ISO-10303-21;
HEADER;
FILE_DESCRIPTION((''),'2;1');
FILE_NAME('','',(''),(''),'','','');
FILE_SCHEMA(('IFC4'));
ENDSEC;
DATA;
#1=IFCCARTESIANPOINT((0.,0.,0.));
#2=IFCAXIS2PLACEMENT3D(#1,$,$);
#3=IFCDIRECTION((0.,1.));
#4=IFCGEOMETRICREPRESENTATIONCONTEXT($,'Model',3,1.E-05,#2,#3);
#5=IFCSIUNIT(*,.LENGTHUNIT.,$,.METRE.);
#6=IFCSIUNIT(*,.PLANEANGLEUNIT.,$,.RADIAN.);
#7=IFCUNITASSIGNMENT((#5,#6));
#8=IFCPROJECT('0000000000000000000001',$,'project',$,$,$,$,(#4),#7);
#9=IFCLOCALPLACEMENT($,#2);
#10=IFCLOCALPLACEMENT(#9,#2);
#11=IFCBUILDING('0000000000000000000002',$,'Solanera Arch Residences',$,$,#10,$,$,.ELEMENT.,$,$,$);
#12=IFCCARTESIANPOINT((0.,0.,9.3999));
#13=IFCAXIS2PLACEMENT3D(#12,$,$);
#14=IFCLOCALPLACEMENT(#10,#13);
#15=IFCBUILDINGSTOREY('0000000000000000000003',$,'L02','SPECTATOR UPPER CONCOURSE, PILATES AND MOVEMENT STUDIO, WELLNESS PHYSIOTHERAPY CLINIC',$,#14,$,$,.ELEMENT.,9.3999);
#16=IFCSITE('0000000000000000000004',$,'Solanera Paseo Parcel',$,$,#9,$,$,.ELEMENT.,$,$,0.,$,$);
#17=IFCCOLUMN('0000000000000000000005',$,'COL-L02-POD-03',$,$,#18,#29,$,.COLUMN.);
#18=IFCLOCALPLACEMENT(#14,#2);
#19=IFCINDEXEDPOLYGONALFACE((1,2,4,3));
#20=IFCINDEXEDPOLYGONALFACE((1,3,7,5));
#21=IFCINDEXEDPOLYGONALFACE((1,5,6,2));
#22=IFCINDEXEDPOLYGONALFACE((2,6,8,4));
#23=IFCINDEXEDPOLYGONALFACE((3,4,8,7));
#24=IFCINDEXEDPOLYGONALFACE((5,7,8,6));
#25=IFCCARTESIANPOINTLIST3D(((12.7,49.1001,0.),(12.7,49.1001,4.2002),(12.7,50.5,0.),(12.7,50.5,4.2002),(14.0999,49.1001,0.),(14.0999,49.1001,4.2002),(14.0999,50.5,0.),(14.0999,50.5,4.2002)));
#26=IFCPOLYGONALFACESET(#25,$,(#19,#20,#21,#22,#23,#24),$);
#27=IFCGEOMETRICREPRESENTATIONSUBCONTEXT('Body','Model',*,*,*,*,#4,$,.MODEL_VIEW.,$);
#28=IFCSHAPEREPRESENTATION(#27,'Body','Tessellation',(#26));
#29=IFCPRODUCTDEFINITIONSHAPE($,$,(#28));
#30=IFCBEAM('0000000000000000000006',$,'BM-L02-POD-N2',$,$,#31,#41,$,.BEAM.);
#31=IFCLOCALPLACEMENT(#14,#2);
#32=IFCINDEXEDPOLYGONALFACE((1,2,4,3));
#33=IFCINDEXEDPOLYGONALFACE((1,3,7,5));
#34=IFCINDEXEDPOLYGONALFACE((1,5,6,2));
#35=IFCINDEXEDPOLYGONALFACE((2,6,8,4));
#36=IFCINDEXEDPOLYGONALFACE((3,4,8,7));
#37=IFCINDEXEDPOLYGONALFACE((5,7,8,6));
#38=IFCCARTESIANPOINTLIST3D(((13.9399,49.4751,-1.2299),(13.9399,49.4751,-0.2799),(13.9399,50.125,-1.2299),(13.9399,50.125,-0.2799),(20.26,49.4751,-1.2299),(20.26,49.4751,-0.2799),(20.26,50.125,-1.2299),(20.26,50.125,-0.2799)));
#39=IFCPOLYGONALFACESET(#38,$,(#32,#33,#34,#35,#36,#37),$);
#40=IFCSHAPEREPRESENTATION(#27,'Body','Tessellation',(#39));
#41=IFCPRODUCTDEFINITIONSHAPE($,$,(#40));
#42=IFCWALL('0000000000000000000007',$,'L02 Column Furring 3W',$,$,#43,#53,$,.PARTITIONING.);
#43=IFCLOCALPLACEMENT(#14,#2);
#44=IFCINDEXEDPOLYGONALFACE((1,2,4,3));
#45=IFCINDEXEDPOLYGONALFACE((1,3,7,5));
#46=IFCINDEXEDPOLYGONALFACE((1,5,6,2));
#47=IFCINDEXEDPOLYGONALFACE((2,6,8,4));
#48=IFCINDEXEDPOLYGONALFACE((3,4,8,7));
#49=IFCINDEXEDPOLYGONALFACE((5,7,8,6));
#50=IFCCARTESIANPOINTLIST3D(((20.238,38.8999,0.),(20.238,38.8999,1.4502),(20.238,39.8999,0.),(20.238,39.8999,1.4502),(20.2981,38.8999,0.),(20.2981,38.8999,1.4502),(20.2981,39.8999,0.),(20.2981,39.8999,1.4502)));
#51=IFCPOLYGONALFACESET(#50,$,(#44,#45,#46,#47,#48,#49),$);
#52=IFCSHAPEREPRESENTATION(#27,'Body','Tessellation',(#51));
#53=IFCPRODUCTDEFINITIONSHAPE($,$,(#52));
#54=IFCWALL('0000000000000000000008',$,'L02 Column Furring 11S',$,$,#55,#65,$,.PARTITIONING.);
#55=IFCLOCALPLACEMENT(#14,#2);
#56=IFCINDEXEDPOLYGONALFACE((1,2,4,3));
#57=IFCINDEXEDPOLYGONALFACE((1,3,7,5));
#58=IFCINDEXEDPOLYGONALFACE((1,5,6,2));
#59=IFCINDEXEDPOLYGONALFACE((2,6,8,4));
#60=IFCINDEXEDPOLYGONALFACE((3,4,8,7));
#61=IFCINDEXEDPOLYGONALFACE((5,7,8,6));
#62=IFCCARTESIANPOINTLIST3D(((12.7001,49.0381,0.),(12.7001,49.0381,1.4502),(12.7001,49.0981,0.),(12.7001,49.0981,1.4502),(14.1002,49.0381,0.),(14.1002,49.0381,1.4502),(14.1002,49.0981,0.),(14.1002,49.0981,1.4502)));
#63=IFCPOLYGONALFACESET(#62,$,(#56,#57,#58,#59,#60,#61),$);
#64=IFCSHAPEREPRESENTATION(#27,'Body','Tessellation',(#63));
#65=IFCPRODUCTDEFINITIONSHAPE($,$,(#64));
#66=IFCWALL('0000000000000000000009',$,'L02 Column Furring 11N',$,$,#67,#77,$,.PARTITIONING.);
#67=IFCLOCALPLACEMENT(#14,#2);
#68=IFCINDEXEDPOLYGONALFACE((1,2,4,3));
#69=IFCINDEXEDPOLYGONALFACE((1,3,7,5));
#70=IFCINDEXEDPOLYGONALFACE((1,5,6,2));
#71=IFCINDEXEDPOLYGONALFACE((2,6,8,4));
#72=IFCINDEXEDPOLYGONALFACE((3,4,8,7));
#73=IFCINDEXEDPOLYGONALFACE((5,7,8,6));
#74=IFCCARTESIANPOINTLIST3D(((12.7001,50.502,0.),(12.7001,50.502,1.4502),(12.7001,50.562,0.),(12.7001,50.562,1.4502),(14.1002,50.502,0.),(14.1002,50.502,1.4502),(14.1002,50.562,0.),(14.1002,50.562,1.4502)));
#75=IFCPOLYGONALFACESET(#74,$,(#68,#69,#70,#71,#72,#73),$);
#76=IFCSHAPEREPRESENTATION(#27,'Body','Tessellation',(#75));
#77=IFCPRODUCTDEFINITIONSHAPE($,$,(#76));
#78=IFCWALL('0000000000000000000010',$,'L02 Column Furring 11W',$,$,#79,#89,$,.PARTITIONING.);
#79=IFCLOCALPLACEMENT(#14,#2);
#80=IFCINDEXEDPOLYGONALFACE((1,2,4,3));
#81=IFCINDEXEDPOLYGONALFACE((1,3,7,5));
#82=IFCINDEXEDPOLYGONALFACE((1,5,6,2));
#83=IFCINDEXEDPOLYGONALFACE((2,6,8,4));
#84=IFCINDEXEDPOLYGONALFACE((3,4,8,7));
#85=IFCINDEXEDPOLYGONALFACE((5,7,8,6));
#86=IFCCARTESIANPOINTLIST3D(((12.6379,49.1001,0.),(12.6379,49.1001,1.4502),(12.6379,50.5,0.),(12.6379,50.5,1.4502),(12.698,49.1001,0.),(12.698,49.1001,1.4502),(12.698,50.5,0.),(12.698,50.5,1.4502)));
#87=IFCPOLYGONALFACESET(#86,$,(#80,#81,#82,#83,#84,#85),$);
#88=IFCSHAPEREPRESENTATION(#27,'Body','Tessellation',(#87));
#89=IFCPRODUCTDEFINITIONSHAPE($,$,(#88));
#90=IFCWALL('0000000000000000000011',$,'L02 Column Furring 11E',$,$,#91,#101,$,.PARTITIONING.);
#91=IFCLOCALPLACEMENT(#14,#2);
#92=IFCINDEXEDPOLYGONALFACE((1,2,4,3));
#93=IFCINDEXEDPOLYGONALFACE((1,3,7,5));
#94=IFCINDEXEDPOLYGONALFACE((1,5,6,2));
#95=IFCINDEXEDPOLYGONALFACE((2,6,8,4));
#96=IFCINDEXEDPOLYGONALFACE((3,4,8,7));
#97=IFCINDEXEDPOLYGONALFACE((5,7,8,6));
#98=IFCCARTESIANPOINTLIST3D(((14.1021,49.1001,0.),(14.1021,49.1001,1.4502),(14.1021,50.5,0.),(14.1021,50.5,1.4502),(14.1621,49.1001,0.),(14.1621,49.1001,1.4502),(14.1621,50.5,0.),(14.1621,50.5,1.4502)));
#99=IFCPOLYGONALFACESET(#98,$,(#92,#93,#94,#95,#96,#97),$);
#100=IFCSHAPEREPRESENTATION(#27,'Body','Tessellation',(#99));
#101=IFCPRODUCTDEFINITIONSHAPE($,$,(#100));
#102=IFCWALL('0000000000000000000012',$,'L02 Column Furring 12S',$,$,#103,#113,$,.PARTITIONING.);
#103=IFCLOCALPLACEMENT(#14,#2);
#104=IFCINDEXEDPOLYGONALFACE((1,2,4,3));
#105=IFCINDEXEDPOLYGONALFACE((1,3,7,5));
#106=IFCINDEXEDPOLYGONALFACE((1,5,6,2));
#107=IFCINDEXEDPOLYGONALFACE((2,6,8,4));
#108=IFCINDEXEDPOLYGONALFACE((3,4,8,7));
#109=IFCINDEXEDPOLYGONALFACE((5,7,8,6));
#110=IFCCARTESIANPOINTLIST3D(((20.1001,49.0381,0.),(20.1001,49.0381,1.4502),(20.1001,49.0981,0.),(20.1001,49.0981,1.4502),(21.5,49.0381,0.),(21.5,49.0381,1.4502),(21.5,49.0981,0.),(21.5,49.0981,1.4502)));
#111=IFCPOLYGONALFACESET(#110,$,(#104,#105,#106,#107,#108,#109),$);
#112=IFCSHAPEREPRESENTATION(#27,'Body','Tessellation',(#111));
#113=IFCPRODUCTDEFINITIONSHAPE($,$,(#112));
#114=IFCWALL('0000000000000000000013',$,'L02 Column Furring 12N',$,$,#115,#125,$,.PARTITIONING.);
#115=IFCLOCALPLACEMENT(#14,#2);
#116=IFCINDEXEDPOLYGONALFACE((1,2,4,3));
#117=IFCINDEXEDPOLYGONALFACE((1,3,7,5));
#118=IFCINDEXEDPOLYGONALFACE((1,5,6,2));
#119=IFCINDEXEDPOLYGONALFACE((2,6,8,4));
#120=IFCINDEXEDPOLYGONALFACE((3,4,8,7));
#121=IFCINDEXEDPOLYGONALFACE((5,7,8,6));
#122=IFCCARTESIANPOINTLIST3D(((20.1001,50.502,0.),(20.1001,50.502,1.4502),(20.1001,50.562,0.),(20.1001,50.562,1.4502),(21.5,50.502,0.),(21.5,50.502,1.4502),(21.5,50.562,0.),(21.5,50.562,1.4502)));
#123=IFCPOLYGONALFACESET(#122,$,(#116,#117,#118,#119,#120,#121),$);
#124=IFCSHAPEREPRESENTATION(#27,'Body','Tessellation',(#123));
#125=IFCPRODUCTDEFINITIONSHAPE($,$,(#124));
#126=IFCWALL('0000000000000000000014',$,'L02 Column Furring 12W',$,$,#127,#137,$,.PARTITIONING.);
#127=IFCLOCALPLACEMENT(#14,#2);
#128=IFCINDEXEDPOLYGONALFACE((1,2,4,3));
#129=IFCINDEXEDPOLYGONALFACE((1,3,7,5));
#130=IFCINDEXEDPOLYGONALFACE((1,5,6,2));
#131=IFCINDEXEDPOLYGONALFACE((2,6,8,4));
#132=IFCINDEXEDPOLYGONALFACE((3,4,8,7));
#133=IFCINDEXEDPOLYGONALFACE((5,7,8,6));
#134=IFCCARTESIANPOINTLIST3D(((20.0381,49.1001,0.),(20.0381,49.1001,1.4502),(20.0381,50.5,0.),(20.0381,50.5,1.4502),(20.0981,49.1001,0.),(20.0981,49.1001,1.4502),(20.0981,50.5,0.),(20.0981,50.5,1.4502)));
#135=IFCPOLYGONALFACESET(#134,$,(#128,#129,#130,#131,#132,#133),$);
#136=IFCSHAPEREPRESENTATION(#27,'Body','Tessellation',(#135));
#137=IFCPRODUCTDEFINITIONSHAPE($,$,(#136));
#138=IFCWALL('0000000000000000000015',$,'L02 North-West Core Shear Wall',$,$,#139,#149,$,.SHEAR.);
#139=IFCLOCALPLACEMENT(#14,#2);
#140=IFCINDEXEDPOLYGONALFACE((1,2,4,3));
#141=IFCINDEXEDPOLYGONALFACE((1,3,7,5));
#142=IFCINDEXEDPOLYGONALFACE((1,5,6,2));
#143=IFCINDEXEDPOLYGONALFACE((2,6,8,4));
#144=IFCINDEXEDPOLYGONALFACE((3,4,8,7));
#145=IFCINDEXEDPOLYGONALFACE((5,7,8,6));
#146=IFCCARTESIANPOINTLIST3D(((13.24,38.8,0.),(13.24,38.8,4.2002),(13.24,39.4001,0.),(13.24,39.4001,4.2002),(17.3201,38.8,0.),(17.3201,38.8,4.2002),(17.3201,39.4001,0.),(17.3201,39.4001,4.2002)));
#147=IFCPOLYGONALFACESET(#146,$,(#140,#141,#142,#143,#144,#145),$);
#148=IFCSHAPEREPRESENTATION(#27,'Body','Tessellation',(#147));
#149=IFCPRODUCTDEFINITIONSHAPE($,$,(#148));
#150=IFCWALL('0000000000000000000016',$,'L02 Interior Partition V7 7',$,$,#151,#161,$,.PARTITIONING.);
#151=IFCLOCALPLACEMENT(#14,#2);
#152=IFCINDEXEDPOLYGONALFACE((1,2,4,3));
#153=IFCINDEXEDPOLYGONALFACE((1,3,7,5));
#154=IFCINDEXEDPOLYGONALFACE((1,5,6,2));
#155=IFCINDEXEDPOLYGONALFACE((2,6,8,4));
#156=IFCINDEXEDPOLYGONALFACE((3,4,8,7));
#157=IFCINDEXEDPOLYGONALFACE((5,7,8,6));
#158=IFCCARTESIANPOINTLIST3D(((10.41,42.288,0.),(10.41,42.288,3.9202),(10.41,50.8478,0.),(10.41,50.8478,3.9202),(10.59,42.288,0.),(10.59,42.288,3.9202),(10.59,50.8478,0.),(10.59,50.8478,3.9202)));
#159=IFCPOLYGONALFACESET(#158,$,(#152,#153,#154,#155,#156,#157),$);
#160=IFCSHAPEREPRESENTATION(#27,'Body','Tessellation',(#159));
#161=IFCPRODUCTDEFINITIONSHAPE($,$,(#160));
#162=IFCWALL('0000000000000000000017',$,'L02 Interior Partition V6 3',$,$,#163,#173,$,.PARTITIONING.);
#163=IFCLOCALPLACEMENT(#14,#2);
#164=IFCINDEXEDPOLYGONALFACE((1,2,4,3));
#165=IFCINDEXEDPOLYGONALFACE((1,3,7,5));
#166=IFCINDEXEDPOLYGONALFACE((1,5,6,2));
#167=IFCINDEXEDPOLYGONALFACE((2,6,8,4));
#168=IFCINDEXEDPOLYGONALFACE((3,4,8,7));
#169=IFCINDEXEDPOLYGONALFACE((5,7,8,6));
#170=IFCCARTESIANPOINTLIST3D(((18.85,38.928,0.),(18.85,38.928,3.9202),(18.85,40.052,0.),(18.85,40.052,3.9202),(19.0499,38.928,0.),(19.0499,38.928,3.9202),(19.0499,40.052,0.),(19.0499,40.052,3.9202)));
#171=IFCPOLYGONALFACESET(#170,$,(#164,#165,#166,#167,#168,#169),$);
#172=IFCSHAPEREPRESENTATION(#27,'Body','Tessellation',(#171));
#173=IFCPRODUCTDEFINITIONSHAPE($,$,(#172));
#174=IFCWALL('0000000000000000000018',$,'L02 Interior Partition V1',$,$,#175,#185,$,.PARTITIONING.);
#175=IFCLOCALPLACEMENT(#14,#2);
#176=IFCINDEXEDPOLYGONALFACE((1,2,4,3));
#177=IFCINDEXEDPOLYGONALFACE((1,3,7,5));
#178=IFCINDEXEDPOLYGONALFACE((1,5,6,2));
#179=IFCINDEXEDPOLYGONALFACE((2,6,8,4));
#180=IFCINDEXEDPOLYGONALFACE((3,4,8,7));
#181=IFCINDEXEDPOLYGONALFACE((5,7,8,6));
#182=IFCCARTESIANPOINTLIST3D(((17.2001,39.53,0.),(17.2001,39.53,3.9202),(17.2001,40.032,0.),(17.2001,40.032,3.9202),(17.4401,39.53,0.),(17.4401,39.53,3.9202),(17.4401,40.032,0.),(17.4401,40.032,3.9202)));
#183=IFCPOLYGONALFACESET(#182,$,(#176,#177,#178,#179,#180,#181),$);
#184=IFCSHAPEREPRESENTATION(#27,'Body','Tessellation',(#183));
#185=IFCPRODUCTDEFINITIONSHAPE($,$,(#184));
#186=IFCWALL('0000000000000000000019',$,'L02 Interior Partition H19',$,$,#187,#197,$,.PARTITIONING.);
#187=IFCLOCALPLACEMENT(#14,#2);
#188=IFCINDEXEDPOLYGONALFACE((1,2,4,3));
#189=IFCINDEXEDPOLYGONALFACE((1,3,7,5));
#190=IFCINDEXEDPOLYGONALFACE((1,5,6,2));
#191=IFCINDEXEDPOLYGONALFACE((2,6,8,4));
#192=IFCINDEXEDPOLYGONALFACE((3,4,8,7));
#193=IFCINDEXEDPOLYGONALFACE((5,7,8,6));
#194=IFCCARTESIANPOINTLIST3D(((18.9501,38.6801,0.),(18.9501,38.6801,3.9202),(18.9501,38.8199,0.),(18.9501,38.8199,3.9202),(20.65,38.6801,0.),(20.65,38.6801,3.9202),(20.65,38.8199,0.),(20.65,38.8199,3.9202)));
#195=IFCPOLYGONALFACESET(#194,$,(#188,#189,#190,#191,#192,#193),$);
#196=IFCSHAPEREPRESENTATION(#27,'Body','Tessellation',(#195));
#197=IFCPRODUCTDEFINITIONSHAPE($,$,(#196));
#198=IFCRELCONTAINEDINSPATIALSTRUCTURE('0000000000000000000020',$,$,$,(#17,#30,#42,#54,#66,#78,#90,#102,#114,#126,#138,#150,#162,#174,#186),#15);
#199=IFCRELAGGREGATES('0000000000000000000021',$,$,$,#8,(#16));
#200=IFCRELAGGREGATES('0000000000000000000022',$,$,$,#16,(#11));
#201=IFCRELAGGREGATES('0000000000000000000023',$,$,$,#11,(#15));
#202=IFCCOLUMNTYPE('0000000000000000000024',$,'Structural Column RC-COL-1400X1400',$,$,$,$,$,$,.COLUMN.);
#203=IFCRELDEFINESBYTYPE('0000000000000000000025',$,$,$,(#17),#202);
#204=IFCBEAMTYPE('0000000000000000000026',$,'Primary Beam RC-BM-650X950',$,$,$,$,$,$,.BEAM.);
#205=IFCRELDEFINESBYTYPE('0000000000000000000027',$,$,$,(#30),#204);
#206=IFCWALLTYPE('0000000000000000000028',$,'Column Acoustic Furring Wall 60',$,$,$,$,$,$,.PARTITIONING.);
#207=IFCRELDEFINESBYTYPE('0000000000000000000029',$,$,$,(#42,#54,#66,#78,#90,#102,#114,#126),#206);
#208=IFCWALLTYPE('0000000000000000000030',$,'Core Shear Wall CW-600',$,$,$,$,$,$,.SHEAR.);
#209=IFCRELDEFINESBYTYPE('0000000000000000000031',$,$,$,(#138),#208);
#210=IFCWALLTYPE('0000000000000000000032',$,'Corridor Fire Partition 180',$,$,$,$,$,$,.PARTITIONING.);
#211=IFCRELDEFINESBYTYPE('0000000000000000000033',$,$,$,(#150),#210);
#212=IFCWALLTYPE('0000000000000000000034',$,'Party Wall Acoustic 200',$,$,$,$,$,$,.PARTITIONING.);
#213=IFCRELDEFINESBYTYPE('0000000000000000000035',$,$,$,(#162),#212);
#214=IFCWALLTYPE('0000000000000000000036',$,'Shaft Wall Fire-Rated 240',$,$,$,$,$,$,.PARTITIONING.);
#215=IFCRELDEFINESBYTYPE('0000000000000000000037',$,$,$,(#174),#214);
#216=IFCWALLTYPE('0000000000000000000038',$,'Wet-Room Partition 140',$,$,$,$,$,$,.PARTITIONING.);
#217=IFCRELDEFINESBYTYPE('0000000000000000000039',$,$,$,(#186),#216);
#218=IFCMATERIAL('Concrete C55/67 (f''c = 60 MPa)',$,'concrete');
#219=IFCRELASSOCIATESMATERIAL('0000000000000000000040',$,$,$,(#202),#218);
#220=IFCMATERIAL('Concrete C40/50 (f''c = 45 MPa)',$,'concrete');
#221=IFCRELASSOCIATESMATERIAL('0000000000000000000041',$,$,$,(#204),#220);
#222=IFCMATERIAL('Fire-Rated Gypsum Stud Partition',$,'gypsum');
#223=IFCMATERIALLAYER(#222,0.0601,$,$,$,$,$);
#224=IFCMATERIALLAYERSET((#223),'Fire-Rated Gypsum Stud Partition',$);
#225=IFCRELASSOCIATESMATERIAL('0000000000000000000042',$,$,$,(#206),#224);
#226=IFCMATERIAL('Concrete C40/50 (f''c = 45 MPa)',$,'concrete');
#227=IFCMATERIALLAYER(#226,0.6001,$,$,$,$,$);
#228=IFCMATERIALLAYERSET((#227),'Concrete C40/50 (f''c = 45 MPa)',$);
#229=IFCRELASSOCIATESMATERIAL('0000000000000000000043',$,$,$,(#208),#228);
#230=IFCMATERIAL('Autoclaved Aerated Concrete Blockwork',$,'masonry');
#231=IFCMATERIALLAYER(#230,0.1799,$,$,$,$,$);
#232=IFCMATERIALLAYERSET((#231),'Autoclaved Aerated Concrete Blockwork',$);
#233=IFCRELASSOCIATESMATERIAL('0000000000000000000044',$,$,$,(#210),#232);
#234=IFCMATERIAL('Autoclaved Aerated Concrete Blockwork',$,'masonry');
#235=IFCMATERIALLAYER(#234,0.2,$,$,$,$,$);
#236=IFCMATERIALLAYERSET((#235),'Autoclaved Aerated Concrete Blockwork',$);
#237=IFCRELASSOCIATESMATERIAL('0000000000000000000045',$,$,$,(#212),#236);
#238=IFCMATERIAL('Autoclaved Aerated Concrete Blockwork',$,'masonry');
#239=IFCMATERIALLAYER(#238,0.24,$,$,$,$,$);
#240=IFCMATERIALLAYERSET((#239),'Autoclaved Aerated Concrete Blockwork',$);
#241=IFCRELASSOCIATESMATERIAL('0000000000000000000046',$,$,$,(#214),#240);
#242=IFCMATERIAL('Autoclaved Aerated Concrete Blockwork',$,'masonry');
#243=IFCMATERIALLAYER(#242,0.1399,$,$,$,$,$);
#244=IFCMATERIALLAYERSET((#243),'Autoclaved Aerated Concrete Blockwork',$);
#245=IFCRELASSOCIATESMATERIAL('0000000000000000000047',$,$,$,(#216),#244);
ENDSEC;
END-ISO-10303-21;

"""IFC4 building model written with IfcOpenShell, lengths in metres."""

from ifc_helpers import new_model, si_unit, direction, frame, frame_2d, origin, origin_2d, place, context, subcontext, project, spatial, rectangle, extrude, material, layer, layer_set, material_profile, profile_set, type_object, element, save


model = new_model("IFC4")

# Units and contexts
model_context = context("Model", 3, precision=1e-05, world=origin(), true_north=direction((0.0, 1.0)))
body_context = subcontext(model_context, "Body", "Model", "MODEL_VIEW")
ifc_project = project(units=[si_unit("LENGTHUNIT", "METRE"), si_unit("PLANEANGLEUNIT", "RADIAN")], contexts=[model_context])

# Site, building, storey
site_placement = place(None, origin())
site = spatial("IfcSite", under=ifc_project, at=site_placement, Name="Solanera Paseo Parcel", CompositionType="ELEMENT", RefElevation=0.0)
building_placement = place(site_placement, origin())
building = spatial("IfcBuilding", under=site, at=building_placement, Name="Solanera Arch Residences", CompositionType="ELEMENT")
storey_placement = place(building_placement, frame((0.0, 0.0, 9.3999)))
storey = spatial("IfcBuildingStorey", under=building, at=storey_placement, Name="L02", Description="SPECTATOR UPPER CONCOURSE, PILATES AND MOVEMENT STUDIO, WELLNESS PHYSIOTHERAPY CLINIC", CompositionType="ELEMENT", Elevation=9.3999)

# Column
ifc_material_1 = material(Name="Concrete C55/67 (f'c = 60 MPa)", Category="concrete")
ifc_material_profile_1 = material_profile(ifc_material_1, rectangle(XDim=1.3999, YDim=1.3999, at=origin_2d()))
ifc_profile_set_1 = profile_set([ifc_material_profile_1], Name="Concrete C55/67 (f'c = 60 MPa)")
column_type = type_object("IfcColumnType", Name="Structural Column RC-COL-1400X1400", PredefinedType="COLUMN", material=ifc_profile_set_1)
column_placement = place(storey_placement, frame((13.3999, 49.8, 0.0), z_axis=(0.0, 0.0, 1.0), x_axis=(1.0, 0.0, 0.0)))
element("IfcColumn", 1, at=column_placement, inside=storey, type_object=column_type, Name="COL-L02-POD-03", PredefinedType="COLUMN", context=body_context, shape_type="SweptSolid", body=[
    extrude(rectangle(XDim=1.3999, YDim=1.3999, at=origin_2d()), origin(), (0.0, 0.0, 1.0), 4.2002),
])

# Beam
ifc_material_2 = material(Name="Concrete C40/50 (f'c = 45 MPa)", Category="concrete")
ifc_material_profile_2 = material_profile(ifc_material_2, rectangle(XDim=0.6499, YDim=0.95, at=origin_2d()))
ifc_profile_set_2 = profile_set([ifc_material_profile_2], Name="Concrete C40/50 (f'c = 45 MPa)")
beam_type = type_object("IfcBeamType", Name="Primary Beam RC-BM-650X950", PredefinedType="BEAM", material=ifc_profile_set_2)
beam_placement = place(storey_placement, frame((13.9399, 49.8, -0.7549), z_axis=(1.0, 0.0, 0.0), x_axis=(0.0, 1.0, 0.0)))
element("IfcBeam", 2, at=beam_placement, inside=storey, type_object=beam_type, Name="BM-L02-POD-N2", PredefinedType="BEAM", context=body_context, shape_type="SweptSolid", body=[
    extrude(rectangle(XDim=0.6499, YDim=0.95, at=origin_2d()), origin(), (0.0, 0.0, 1.0), 6.3201),
])

# Walls
ifc_material_3 = material(Name="Fire-Rated Gypsum Stud Partition", Category="gypsum")
ifc_layer_1 = layer(ifc_material_3, 0.0601)
ifc_layer_set_1 = layer_set([ifc_layer_1], Name="Fire-Rated Gypsum Stud Partition")
wall_type_1 = type_object("IfcWallType", Name="Column Acoustic Furring Wall 60", PredefinedType="PARTITIONING", material=ifc_layer_set_1)
wall_1_placement = place(storey_placement, frame((20.2681, 38.8999, 0.0), z_axis=(0.0, 0.0, 1.0), x_axis=(0.0, 1.0, 0.0)))
element("IfcWall", 3, at=wall_1_placement, inside=storey, type_object=wall_type_1, Name="L02 Column Furring 3W", PredefinedType="PARTITIONING", context=body_context, shape_type="SweptSolid", body=[
    extrude(rectangle(XDim=1.0, YDim=0.0601, at=frame_2d((0.5, 0.0))), origin(), (0.0, 0.0, 1.0), 1.4502),
])
for number, where, z_axis, x_axis, name in (
    (4, (12.7, 49.0681, 0.0), (0.0, 0.0, 1.0), (1.0, 0.0, 0.0), "L02 Column Furring 11S"),
    (5, (12.7, 50.532, 0.0), (0.0, 0.0, 1.0), (1.0, 0.0, 0.0), "L02 Column Furring 11N"),
):
    element("IfcWall", number, at=place(storey_placement, frame(where, z_axis=z_axis, x_axis=x_axis)), inside=storey, type_object=wall_type_1, Name=name, PredefinedType="PARTITIONING", context=body_context, shape_type="SweptSolid", body=[
        extrude(rectangle(XDim=1.4001, YDim=0.0601, at=frame_2d((0.7002, 0.0))), origin(), (0.0, 0.0, 1.0), 1.4502),
    ])
for number, where, z_axis, x_axis, name in (
    (6, (12.668, 49.1001, 0.0), (0.0, 0.0, 1.0), (0.0, 1.0, 0.0), "L02 Column Furring 11W"),
    (7, (14.1321, 49.1001, 0.0), (0.0, 0.0, 1.0), (0.0, 1.0, 0.0), "L02 Column Furring 11E"),
    (8, (20.1001, 49.0681, 0.0), (0.0, 0.0, 1.0), (1.0, 0.0, 0.0), "L02 Column Furring 12S"),
    (9, (20.1001, 50.532, 0.0), (0.0, 0.0, 1.0), (1.0, 0.0, 0.0), "L02 Column Furring 12N"),
    (10, (20.0681, 49.1001, 0.0), (0.0, 0.0, 1.0), (0.0, 1.0, 0.0), "L02 Column Furring 12W"),
):
    element("IfcWall", number, at=place(storey_placement, frame(where, z_axis=z_axis, x_axis=x_axis)), inside=storey, type_object=wall_type_1, Name=name, PredefinedType="PARTITIONING", context=body_context, shape_type="SweptSolid", body=[
        extrude(rectangle(XDim=1.3999, YDim=0.0601, at=frame_2d((0.7, 0.0))), origin(), (0.0, 0.0, 1.0), 1.4502),
    ])
ifc_material_4 = material(Name="Concrete C40/50 (f'c = 45 MPa)", Category="concrete")
ifc_layer_2 = layer(ifc_material_4, 0.6001)
ifc_layer_set_2 = layer_set([ifc_layer_2], Name="Concrete C40/50 (f'c = 45 MPa)")
wall_type_2 = type_object("IfcWallType", Name="Core Shear Wall CW-600", PredefinedType="SHEAR", material=ifc_layer_set_2)
wall_2_placement = place(storey_placement, frame((13.24, 39.1001, 0.0), z_axis=(0.0, 0.0, 1.0), x_axis=(1.0, 0.0, 0.0)))
element("IfcWall", 11, at=wall_2_placement, inside=storey, type_object=wall_type_2, Name="L02 North-West Core Shear Wall", PredefinedType="SHEAR", context=body_context, shape_type="SweptSolid", body=[
    extrude(rectangle(XDim=4.0801, YDim=0.6001, at=frame_2d((2.04, 0.0))), origin(), (0.0, 0.0, 1.0), 4.2002),
])
ifc_material_5 = material(Name="Autoclaved Aerated Concrete Blockwork", Category="masonry")
ifc_layer_3 = layer(ifc_material_5, 0.1799)
ifc_layer_set_3 = layer_set([ifc_layer_3], Name="Autoclaved Aerated Concrete Blockwork")
wall_type_3 = type_object("IfcWallType", Name="Corridor Fire Partition 180", PredefinedType="PARTITIONING", material=ifc_layer_set_3)
wall_3_placement = place(storey_placement, frame((10.5, 42.2881, 0.0), z_axis=(0.0, 0.0, 1.0), x_axis=(0.0, 1.0, 0.0)))
element("IfcWall", 12, at=wall_3_placement, inside=storey, type_object=wall_type_3, Name="L02 Interior Partition V7 7", PredefinedType="PARTITIONING", context=body_context, shape_type="SweptSolid", body=[
    extrude(rectangle(XDim=8.5598, YDim=0.1799, at=frame_2d((4.2798, 0.0))), origin(), (0.0, 0.0, 1.0), 3.9202),
])
ifc_material_6 = material(Name="Autoclaved Aerated Concrete Blockwork", Category="masonry")
ifc_layer_4 = layer(ifc_material_6, 0.2)
ifc_layer_set_4 = layer_set([ifc_layer_4], Name="Autoclaved Aerated Concrete Blockwork")
wall_type_4 = type_object("IfcWallType", Name="Party Wall Acoustic 200", PredefinedType="PARTITIONING", material=ifc_layer_set_4)
wall_4_placement = place(storey_placement, frame((18.95, 38.928, 0.0), z_axis=(0.0, 0.0, 1.0), x_axis=(0.0, 1.0, 0.0)))
element("IfcWall", 13, at=wall_4_placement, inside=storey, type_object=wall_type_4, Name="L02 Interior Partition V6 3", PredefinedType="PARTITIONING", context=body_context, shape_type="SweptSolid", body=[
    extrude(rectangle(XDim=1.124, YDim=0.2, at=frame_2d((0.562, 0.0))), origin(), (0.0, 0.0, 1.0), 3.9202),
])
ifc_material_7 = material(Name="Autoclaved Aerated Concrete Blockwork", Category="masonry")
ifc_layer_5 = layer(ifc_material_7, 0.24)
ifc_layer_set_5 = layer_set([ifc_layer_5], Name="Autoclaved Aerated Concrete Blockwork")
wall_type_5 = type_object("IfcWallType", Name="Shaft Wall Fire-Rated 240", PredefinedType="PARTITIONING", material=ifc_layer_set_5)
wall_5_placement = place(storey_placement, frame((17.3201, 39.53, 0.0), z_axis=(0.0, 0.0, 1.0), x_axis=(0.0, 1.0, 0.0)))
element("IfcWall", 14, at=wall_5_placement, inside=storey, type_object=wall_type_5, Name="L02 Interior Partition V1", PredefinedType="PARTITIONING", context=body_context, shape_type="SweptSolid", body=[
    extrude(rectangle(XDim=0.502, YDim=0.24, at=frame_2d((0.251, 0.0))), origin(), (0.0, 0.0, 1.0), 3.9202),
])
ifc_material_8 = material(Name="Autoclaved Aerated Concrete Blockwork", Category="masonry")
ifc_layer_6 = layer(ifc_material_8, 0.1399)
ifc_layer_set_6 = layer_set([ifc_layer_6], Name="Autoclaved Aerated Concrete Blockwork")
wall_type_6 = type_object("IfcWallType", Name="Wet-Room Partition 140", PredefinedType="PARTITIONING", material=ifc_layer_set_6)
wall_6_placement = place(storey_placement, frame((18.95, 38.75, 0.0), z_axis=(0.0, 0.0, 1.0), x_axis=(1.0, 0.0, 0.0)))
element("IfcWall", 15, at=wall_6_placement, inside=storey, type_object=wall_type_6, Name="L02 Interior Partition H19", PredefinedType="PARTITIONING", context=body_context, shape_type="SweptSolid", body=[
    extrude(rectangle(XDim=1.7, YDim=0.1399, at=frame_2d((0.8501, 0.0))), origin(), (0.0, 0.0, 1.0), 3.9202),
])

save(model, "model.ifc")
